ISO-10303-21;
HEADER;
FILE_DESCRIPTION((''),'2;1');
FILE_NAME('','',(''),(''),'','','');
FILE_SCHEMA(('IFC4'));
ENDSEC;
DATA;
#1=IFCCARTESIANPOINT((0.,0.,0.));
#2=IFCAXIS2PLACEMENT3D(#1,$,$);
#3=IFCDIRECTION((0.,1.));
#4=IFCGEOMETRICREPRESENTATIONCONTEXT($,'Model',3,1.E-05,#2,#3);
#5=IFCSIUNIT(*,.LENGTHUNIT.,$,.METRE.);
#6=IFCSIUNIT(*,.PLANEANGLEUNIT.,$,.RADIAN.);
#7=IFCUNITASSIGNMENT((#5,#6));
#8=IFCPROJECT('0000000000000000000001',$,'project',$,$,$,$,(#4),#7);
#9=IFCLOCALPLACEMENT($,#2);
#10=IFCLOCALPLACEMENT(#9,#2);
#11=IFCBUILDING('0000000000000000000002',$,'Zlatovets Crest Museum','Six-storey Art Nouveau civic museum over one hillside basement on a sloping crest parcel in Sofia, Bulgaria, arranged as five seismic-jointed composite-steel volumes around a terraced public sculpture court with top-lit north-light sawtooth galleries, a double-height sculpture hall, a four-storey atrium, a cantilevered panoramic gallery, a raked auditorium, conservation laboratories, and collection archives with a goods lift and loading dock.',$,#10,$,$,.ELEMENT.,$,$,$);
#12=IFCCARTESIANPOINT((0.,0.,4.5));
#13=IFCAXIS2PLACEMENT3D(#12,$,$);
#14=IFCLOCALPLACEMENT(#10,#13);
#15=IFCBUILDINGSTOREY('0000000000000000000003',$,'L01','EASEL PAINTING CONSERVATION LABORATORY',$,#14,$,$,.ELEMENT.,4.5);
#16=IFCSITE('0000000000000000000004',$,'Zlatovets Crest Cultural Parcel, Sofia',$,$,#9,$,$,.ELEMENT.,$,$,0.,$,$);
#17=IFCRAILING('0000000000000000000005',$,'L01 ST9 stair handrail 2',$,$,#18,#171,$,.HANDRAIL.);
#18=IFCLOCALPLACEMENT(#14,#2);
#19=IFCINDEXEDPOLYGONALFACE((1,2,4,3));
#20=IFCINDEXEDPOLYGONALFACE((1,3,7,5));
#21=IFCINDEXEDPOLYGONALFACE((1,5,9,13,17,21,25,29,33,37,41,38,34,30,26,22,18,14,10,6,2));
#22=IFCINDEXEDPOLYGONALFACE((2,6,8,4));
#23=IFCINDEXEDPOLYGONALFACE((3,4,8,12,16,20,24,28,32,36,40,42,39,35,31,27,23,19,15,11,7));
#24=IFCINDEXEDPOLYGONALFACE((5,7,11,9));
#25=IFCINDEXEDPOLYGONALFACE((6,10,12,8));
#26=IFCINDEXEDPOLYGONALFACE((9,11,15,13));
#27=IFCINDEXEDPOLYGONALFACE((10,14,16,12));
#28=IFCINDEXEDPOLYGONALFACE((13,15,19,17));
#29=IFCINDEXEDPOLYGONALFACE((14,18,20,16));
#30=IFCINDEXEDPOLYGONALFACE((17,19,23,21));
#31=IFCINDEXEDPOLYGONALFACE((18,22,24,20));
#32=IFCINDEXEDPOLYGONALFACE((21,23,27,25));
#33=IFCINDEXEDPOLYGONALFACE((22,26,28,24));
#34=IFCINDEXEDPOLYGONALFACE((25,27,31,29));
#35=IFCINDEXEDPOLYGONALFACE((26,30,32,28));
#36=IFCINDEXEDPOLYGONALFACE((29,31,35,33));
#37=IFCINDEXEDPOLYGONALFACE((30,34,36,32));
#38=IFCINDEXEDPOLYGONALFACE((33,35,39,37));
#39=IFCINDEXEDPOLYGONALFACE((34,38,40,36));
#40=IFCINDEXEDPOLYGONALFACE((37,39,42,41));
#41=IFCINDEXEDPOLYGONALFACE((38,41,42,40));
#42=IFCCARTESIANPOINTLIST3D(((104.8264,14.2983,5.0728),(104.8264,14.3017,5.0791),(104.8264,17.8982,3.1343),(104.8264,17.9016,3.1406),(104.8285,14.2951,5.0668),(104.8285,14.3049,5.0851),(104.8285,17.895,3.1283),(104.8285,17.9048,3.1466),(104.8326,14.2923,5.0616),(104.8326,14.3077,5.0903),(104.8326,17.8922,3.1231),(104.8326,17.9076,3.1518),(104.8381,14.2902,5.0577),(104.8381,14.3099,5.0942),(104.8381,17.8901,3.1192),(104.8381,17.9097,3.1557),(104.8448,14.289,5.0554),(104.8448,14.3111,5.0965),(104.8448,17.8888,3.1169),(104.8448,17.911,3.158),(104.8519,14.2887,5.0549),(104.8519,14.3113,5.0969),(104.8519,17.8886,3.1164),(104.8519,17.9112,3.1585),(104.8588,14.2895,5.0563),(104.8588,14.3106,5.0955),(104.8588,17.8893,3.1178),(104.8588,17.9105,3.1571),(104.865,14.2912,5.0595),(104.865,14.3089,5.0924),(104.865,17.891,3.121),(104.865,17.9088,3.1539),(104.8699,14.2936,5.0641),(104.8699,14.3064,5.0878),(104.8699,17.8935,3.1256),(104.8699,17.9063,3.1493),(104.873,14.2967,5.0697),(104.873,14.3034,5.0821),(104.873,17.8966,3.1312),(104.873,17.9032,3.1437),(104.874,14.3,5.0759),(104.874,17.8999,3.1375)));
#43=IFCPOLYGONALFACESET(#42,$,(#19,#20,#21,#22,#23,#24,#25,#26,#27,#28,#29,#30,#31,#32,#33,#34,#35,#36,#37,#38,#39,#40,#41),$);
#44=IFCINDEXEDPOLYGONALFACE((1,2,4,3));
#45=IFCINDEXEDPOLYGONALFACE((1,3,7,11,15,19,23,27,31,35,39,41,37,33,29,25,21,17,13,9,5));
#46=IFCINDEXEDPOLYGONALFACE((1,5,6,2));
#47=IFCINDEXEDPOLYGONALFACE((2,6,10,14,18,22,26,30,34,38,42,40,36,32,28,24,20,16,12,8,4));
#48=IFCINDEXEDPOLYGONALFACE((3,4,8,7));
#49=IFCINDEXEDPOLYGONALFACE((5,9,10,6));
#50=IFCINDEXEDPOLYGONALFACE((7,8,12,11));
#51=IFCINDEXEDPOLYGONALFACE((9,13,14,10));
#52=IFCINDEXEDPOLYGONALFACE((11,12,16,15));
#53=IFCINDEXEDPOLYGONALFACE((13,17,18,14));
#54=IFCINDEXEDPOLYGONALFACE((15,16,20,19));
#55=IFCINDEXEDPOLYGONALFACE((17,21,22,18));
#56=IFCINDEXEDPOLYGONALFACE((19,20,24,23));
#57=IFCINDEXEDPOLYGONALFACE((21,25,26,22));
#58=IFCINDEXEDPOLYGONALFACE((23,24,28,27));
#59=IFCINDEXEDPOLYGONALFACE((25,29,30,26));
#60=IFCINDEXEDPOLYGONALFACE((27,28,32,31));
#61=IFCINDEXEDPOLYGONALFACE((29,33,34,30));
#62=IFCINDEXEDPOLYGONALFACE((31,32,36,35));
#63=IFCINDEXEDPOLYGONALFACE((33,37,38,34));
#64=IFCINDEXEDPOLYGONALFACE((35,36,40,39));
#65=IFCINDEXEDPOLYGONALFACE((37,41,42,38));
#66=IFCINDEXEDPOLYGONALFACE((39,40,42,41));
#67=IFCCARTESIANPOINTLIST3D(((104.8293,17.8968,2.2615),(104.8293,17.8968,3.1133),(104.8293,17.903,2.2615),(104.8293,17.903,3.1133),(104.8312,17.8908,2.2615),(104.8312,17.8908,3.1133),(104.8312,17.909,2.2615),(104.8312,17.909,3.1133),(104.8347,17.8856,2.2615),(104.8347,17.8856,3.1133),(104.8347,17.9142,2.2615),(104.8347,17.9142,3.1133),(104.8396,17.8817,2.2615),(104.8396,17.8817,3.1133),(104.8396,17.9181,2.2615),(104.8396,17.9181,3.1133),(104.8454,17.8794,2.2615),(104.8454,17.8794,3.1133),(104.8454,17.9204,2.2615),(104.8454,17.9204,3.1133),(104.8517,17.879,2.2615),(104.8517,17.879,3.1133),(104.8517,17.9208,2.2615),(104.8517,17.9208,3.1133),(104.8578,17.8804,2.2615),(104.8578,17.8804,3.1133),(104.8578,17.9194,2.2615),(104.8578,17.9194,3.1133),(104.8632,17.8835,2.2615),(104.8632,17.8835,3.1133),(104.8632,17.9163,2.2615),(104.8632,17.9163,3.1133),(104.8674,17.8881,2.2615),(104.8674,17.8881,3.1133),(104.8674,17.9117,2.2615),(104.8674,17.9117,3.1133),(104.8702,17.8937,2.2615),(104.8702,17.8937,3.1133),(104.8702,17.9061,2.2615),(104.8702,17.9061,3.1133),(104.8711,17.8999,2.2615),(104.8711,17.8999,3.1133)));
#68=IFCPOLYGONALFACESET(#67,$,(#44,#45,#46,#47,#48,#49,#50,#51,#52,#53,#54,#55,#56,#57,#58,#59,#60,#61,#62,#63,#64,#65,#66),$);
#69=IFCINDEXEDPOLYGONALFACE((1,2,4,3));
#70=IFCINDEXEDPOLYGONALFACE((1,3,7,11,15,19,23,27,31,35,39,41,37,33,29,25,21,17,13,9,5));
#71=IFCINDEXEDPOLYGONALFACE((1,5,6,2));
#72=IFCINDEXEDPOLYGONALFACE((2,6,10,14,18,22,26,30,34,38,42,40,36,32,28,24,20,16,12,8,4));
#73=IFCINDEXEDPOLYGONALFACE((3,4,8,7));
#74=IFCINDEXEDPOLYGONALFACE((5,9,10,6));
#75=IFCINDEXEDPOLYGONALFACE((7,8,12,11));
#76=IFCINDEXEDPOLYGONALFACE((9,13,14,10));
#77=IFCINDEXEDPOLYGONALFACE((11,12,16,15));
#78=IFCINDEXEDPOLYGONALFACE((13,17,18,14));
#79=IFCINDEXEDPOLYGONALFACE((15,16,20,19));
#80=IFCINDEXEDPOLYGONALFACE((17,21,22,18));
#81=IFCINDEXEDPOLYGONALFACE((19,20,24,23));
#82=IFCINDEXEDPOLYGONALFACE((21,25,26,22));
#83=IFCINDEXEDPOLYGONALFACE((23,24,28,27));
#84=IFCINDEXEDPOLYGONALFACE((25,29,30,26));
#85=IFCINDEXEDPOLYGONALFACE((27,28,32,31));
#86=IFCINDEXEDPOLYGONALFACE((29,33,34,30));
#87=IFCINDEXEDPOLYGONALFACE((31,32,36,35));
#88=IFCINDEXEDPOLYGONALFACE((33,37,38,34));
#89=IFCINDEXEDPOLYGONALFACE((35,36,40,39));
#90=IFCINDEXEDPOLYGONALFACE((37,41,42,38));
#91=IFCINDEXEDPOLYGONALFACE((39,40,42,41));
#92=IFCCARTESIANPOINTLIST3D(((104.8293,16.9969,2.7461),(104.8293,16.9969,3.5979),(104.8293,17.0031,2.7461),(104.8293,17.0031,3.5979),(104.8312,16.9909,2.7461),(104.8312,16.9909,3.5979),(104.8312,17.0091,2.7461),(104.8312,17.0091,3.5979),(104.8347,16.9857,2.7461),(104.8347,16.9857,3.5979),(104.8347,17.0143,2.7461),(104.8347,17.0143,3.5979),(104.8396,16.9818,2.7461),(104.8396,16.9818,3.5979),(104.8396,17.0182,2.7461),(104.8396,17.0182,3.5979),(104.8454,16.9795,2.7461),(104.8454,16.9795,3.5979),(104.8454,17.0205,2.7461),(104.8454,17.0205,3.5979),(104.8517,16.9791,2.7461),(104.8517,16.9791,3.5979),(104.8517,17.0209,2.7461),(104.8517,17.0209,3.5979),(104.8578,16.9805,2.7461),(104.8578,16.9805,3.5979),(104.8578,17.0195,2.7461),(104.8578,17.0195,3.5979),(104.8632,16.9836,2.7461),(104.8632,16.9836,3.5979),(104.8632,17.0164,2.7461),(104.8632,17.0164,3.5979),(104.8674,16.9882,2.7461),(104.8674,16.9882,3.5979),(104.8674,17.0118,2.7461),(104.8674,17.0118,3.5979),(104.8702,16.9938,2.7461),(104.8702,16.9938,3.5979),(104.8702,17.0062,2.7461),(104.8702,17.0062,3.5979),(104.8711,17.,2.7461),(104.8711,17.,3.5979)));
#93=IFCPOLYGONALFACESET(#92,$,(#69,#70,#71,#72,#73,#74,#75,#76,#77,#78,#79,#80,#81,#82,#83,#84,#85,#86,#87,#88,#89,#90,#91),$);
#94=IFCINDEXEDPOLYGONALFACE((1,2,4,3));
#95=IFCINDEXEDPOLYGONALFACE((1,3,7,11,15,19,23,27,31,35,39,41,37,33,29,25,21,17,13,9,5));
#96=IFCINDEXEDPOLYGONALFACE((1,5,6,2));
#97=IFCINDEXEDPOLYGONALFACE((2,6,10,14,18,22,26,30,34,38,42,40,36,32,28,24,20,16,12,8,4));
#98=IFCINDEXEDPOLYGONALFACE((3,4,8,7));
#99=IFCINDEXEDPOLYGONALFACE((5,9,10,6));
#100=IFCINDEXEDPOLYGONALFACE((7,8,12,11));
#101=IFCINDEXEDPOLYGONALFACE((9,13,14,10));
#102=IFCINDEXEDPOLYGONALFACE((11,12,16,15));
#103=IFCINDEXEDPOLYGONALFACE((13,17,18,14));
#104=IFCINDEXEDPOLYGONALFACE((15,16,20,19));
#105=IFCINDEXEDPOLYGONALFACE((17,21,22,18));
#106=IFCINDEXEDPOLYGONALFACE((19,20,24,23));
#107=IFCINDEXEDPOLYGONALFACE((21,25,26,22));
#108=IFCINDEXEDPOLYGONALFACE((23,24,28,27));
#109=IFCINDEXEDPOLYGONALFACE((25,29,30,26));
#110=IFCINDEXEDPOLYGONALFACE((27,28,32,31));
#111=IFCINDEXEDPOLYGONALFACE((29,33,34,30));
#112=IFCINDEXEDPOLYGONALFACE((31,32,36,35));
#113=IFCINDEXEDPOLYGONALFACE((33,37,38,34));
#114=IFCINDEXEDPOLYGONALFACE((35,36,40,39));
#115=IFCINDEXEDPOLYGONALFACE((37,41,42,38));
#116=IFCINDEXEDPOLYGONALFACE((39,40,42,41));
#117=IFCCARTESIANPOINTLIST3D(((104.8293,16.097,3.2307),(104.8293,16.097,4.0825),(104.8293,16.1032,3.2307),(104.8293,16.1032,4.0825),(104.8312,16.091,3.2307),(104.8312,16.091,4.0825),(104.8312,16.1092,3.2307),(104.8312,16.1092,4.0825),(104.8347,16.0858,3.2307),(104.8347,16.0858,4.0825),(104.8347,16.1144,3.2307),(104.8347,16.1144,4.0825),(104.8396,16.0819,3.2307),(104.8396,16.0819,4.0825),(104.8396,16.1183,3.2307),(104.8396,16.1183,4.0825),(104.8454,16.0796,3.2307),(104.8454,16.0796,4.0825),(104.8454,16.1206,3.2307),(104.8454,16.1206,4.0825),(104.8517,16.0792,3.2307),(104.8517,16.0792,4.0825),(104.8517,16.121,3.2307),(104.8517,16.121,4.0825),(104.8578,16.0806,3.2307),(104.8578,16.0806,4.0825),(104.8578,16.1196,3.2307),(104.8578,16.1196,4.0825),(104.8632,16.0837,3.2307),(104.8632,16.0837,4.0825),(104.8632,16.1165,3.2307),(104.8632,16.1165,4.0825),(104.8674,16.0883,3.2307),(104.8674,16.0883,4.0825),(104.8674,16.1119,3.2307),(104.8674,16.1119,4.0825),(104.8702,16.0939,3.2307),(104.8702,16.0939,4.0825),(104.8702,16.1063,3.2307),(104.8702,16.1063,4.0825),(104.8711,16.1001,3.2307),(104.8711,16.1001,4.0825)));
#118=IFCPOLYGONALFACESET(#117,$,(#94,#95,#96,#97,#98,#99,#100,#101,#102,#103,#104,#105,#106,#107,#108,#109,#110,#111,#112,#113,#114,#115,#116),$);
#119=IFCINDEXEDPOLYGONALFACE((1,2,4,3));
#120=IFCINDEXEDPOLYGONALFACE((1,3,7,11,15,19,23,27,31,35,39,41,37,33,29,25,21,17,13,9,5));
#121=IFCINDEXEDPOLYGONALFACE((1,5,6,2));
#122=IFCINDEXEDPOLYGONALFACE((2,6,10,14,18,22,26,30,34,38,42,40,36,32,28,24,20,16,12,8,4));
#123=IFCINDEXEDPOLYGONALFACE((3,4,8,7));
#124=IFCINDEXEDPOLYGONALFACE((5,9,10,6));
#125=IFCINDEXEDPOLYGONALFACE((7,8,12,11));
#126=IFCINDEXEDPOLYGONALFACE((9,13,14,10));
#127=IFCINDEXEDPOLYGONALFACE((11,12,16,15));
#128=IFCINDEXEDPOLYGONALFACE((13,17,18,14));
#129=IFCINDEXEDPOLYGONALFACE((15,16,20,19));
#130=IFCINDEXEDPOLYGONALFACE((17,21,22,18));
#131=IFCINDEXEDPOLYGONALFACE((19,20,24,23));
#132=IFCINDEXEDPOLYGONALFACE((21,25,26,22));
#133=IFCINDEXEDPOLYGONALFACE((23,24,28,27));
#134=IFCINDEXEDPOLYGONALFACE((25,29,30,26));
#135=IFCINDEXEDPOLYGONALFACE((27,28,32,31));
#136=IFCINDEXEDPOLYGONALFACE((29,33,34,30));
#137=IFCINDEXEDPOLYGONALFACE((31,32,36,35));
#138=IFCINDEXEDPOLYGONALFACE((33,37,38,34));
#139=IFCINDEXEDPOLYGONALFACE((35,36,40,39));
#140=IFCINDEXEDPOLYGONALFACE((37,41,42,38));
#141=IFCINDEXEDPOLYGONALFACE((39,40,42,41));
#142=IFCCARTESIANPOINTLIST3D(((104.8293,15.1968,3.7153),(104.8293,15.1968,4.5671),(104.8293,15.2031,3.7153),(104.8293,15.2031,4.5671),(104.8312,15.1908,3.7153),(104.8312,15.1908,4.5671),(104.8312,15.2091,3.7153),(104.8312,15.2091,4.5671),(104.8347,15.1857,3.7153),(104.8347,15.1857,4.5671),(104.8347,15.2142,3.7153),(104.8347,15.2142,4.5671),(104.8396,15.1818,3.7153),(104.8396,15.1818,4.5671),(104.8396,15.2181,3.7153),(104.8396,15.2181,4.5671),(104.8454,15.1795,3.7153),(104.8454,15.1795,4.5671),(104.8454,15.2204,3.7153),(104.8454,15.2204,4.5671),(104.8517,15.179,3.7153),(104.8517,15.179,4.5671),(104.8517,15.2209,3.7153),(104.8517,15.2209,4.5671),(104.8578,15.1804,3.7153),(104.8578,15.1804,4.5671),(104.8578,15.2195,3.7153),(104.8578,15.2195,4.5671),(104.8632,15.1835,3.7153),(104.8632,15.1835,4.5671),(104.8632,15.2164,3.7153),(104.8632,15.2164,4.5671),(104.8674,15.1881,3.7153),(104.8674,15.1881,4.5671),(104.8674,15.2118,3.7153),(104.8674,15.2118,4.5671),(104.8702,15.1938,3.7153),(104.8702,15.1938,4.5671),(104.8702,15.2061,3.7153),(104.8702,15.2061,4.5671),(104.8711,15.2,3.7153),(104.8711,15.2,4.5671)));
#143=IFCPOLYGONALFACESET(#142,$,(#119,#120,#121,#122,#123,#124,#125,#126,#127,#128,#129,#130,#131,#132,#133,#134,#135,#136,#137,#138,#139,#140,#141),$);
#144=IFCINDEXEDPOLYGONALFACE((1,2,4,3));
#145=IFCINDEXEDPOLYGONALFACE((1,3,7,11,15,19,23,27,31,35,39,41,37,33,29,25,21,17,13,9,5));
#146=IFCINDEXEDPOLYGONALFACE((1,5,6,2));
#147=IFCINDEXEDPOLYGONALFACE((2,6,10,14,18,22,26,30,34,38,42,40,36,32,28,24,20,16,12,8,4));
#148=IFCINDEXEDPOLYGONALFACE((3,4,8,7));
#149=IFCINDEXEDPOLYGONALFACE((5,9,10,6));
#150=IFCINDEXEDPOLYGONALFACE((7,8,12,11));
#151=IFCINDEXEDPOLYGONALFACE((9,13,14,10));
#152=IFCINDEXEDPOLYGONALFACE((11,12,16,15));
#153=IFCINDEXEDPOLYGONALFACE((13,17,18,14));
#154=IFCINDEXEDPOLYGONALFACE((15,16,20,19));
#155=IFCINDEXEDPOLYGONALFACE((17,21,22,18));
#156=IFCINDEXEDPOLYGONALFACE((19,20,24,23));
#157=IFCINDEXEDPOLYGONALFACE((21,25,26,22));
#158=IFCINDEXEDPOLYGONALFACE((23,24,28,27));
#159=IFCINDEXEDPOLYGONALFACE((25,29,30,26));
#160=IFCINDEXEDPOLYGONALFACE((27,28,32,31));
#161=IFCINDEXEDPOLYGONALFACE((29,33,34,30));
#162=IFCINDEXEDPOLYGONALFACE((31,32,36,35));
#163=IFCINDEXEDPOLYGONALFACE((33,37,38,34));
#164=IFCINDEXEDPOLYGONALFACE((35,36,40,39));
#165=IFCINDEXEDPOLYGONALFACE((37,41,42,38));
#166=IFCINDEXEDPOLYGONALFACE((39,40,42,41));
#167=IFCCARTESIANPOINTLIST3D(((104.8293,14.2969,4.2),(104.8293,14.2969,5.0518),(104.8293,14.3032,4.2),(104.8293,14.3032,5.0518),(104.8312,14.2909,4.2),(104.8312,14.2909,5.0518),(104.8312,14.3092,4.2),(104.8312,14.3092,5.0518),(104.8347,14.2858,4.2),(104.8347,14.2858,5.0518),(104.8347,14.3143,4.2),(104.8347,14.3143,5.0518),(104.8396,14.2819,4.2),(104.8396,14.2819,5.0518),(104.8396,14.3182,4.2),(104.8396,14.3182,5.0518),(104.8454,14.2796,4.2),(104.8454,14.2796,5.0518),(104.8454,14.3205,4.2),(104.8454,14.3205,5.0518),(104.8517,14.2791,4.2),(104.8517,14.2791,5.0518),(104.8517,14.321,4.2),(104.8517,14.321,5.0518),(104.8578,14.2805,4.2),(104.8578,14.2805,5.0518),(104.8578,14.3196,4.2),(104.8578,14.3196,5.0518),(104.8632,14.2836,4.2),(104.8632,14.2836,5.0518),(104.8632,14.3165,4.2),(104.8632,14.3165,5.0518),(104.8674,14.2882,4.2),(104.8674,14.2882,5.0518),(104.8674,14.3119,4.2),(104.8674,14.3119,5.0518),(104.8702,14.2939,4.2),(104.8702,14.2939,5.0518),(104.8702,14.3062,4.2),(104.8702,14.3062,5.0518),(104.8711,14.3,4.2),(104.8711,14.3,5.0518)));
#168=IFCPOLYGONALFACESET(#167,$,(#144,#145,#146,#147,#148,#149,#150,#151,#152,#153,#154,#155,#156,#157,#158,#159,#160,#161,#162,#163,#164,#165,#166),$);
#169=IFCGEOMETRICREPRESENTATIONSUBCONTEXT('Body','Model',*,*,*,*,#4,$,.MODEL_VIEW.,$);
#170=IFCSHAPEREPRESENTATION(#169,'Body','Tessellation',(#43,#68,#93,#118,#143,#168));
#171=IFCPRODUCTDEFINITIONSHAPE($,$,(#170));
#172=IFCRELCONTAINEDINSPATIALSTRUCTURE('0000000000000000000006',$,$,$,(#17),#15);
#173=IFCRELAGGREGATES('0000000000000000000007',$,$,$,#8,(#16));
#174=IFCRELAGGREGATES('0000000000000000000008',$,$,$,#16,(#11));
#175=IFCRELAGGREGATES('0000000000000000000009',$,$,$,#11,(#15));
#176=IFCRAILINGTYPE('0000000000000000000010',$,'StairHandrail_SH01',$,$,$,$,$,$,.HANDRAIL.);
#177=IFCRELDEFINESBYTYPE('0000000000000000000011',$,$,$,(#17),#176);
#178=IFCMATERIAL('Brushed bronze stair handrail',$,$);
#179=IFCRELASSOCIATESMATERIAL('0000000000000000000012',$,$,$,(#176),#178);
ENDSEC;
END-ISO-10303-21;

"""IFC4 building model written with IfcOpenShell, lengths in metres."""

from ifc_helpers import new_model, si_unit, direction, frame, origin, origin_2d, place, context, subcontext, project, spatial, circle, extrude, material, type_object, element, save


model = new_model("IFC4")

# Units and contexts
model_context = context("Model", 3, precision=1e-05, world=origin(), true_north=direction((0.0, 1.0)))
body_context = subcontext(model_context, "Body", "Model", "MODEL_VIEW")
ifc_project = project(units=[si_unit("LENGTHUNIT", "METRE"), si_unit("PLANEANGLEUNIT", "RADIAN")], contexts=[model_context])

# Site, building, storey
site_placement = place(None, origin())
site = spatial("IfcSite", under=ifc_project, at=site_placement, Name="Zlatovets Crest Cultural Parcel, Sofia", CompositionType="ELEMENT", RefElevation=0.0)
building_placement = place(site_placement, origin())
building = spatial("IfcBuilding", under=site, at=building_placement, Name="Zlatovets Crest Museum", Description="Six-storey Art Nouveau civic museum over one hillside basement on a sloping crest parcel in Sofia, Bulgaria, arranged as five seismic-jointed composite-steel volumes around a terraced public sculpture court with top-lit north-light sawtooth galleries, a double-height sculpture hall, a four-storey atrium, a cantilevered panoramic gallery, a raked auditorium, conservation laboratories, and collection archives with a goods lift and loading dock.", CompositionType="ELEMENT")
storey_placement = place(building_placement, frame((0.0, 0.0, 4.5)))
storey = spatial("IfcBuildingStorey", under=building, at=storey_placement, Name="L01", Description="EASEL PAINTING CONSERVATION LABORATORY", CompositionType="ELEMENT", Elevation=4.5)

# Railing
ifc_material_1 = material(Name="Brushed bronze stair handrail")
railing_type_1 = type_object("IfcRailingType", Name="StairHandrail_SH01", PredefinedType="HANDRAIL", material=ifc_material_1)
railing_1_placement = place(storey_placement, frame((104.8501, 17.8999, 2.2615)))
element("IfcRailing", 1, at=railing_1_placement, inside=storey, type_object=railing_type_1, Name="L01 ST9 stair handrail 2", PredefinedType="HANDRAIL", context=body_context, shape_type="SweptSolid", body=[
    extrude(circle(Radius=0.0239, at=origin_2d()), frame((0.0, 0.0, 0.876), z_axis=(0.0, -0.880462, 0.474118), x_axis=(1.0, 0.0, 0.0)), (0.0, 0.0, 1.0), 4.0886),
    extrude(circle(Radius=0.021, at=origin_2d()), origin(), (0.0, 0.0, 1.0), 0.8518),
    extrude(circle(Radius=0.021, at=origin_2d()), frame((0.0, -0.8999, 0.4846)), (0.0, 0.0, 1.0), 0.8518),
    extrude(circle(Radius=0.021, at=origin_2d()), frame((0.0, -1.7998, 0.9692)), (0.0, 0.0, 1.0), 0.8518),
    extrude(circle(Radius=0.021, at=origin_2d()), frame((0.0, -2.7, 1.4539)), (0.0, 0.0, 1.0), 0.8518),
    extrude(circle(Radius=0.021, at=origin_2d()), frame((0.0, -3.5999, 1.9385)), (0.0, 0.0, 1.0), 0.8518),
])

save(model, "model.ifc")
